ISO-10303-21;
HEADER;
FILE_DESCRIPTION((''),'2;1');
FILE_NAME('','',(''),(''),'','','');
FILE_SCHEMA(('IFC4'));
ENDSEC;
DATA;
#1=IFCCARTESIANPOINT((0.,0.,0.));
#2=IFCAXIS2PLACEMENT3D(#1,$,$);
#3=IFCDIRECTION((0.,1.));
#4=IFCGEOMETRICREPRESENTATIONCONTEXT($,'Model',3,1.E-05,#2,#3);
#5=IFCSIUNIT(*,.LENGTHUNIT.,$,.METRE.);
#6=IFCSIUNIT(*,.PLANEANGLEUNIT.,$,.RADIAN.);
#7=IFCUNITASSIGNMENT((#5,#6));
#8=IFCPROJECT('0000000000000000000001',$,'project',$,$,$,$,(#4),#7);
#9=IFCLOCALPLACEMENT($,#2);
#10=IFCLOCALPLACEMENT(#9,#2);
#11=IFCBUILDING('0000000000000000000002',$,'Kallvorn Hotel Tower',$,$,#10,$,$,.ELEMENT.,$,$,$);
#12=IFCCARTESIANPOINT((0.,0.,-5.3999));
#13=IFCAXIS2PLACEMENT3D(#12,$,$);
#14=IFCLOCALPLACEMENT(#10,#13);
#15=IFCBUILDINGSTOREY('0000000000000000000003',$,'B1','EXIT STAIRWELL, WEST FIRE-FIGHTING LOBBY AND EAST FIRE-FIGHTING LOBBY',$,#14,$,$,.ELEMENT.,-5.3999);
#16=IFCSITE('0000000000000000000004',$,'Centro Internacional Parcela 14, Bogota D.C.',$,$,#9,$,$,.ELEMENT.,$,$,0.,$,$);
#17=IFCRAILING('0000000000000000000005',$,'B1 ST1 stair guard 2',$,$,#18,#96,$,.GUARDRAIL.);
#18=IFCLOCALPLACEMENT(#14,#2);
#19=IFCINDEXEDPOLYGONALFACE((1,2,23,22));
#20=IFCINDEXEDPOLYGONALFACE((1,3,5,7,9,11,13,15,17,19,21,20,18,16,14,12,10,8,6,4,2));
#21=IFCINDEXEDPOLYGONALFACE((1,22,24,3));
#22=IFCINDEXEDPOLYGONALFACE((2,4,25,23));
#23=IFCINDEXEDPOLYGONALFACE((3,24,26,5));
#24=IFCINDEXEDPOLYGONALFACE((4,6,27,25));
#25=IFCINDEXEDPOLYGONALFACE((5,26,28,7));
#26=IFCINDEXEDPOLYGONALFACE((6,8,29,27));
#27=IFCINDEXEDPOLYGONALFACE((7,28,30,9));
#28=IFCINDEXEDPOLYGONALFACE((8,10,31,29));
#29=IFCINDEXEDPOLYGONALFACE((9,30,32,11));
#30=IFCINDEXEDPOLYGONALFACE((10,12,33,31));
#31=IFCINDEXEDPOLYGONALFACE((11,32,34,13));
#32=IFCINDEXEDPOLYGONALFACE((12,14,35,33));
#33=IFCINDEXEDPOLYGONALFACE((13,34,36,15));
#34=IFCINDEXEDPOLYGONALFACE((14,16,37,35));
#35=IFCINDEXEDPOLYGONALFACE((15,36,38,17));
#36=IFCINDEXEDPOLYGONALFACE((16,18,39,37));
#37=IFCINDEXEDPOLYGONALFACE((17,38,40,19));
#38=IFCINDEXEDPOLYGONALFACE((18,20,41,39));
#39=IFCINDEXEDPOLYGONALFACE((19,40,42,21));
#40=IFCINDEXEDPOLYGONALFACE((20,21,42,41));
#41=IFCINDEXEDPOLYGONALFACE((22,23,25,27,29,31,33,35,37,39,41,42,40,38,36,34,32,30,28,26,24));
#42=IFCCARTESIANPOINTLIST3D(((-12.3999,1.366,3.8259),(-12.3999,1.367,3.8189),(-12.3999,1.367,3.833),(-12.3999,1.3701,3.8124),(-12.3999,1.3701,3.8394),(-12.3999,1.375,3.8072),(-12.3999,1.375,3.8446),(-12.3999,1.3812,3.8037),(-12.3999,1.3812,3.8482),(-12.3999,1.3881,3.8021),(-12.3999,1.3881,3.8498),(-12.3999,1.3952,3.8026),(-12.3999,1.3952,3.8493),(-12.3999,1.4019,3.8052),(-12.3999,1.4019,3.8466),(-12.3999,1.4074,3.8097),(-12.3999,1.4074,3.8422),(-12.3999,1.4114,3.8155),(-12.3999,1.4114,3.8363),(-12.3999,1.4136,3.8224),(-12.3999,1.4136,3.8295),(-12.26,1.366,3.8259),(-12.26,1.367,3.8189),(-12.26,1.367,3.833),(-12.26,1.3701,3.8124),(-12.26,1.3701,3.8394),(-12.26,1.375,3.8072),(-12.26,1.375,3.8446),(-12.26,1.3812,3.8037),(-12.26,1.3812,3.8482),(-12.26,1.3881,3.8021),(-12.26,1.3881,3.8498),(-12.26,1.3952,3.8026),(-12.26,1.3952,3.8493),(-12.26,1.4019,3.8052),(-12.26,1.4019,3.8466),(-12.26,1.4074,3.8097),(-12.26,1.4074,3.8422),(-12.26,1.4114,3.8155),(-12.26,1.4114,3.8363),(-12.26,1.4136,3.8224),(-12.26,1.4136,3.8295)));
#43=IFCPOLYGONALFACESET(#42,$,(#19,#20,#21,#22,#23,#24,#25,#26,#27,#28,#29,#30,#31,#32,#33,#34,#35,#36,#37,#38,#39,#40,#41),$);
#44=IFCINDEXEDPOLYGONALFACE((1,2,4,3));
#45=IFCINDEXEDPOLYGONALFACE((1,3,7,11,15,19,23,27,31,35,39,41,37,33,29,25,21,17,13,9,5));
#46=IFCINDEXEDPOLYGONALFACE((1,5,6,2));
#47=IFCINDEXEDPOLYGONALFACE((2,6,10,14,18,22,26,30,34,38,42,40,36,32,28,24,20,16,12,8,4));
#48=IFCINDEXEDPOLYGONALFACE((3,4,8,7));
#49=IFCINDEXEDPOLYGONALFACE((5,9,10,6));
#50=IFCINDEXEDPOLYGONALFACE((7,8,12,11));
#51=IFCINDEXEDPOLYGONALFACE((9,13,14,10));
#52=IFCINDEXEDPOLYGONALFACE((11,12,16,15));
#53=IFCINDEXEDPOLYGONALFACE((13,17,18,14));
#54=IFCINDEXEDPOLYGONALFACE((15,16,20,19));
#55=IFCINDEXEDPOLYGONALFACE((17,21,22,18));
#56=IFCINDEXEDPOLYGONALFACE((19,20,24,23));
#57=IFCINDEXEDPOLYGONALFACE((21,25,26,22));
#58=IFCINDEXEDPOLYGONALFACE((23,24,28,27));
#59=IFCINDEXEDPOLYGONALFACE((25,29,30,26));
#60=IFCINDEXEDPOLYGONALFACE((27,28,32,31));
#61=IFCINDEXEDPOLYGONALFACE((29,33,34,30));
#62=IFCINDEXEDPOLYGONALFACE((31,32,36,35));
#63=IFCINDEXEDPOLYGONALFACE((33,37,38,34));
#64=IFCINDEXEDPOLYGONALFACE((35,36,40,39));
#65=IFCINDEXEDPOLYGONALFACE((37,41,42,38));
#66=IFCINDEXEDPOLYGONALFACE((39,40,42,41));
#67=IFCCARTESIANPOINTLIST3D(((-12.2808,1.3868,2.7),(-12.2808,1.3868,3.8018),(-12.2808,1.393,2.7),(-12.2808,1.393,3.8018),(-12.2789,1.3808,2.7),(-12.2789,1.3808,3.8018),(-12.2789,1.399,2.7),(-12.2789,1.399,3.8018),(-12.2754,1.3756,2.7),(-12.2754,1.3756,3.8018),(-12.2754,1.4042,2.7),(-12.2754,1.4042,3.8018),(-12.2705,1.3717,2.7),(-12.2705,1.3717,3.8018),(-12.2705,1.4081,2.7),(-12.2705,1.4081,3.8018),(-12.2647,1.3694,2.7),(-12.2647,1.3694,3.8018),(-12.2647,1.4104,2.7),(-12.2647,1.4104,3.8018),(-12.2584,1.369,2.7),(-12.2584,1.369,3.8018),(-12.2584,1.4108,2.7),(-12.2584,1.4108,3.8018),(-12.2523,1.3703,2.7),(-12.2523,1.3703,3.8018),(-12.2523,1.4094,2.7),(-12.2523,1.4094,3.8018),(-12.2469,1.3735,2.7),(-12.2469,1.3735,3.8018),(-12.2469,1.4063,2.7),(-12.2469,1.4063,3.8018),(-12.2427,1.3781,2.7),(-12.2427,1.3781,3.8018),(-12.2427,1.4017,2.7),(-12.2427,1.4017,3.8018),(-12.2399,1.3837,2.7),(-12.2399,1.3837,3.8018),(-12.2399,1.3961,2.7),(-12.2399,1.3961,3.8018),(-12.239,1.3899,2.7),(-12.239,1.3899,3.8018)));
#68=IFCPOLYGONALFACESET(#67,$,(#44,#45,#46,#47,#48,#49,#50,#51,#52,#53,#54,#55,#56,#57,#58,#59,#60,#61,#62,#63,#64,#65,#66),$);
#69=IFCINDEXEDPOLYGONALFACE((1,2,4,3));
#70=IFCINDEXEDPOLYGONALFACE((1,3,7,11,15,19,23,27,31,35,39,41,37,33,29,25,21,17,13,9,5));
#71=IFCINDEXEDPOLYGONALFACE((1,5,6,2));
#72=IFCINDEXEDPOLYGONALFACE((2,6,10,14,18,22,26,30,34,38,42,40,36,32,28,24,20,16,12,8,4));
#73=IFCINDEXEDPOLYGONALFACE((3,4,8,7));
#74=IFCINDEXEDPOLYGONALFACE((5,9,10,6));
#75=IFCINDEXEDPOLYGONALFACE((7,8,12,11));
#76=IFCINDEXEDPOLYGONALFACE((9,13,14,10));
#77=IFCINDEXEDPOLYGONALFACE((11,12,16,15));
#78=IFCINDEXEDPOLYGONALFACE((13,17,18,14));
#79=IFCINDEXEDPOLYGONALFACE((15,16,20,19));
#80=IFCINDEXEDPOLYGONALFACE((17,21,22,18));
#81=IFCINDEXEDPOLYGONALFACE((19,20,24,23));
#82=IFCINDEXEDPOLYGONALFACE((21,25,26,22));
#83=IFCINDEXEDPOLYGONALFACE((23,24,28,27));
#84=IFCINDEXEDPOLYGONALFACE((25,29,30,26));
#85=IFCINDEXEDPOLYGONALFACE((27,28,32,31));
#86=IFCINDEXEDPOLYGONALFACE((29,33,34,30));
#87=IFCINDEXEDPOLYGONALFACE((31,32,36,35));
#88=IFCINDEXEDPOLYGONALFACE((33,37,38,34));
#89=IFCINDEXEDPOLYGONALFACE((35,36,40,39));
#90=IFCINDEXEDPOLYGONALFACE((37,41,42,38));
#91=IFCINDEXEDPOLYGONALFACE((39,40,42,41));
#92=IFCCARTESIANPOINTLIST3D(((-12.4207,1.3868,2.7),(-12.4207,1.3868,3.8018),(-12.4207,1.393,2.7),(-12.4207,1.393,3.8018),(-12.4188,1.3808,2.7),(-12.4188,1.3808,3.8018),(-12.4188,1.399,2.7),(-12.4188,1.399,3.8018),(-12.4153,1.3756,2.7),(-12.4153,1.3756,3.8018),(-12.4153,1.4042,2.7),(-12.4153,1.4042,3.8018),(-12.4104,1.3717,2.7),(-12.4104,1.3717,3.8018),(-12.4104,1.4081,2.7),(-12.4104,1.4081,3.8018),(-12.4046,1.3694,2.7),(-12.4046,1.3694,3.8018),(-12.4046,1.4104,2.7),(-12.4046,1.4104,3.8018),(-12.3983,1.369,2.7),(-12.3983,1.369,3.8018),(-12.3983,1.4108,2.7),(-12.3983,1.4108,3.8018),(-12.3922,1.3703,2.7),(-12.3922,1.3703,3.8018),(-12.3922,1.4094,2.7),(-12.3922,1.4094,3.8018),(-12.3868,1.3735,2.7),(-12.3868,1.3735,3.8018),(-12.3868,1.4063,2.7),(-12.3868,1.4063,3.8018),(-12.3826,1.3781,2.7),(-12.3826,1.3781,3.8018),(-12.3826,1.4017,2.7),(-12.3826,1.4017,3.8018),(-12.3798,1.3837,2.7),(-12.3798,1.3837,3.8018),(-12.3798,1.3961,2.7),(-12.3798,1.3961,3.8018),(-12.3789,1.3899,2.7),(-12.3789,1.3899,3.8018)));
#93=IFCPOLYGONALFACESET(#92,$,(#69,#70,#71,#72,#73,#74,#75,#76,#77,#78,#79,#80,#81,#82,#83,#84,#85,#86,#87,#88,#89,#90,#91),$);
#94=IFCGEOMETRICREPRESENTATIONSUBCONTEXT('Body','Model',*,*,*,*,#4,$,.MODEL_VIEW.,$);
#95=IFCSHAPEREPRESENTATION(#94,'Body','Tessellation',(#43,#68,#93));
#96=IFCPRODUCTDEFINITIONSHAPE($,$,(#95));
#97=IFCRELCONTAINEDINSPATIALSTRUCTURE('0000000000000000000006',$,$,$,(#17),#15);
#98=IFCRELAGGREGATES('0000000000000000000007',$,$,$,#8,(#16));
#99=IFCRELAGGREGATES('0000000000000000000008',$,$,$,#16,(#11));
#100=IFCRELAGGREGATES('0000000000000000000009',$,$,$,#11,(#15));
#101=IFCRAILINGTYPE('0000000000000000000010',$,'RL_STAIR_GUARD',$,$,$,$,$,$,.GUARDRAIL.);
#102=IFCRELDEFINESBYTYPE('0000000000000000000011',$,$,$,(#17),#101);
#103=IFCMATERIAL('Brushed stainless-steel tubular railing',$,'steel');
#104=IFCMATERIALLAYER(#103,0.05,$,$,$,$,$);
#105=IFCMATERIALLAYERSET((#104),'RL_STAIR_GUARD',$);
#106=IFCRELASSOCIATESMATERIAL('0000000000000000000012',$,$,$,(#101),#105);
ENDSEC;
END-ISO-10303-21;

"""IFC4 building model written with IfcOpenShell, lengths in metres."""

from ifc_helpers import new_model, si_unit, direction, frame, origin, origin_2d, place, context, subcontext, project, spatial, circle, extrude, material, layer, layer_set, type_object, element, save


model = new_model("IFC4")

# Units and contexts
model_context = context("Model", 3, precision=1e-05, world=origin(), true_north=direction((0.0, 1.0)))
body_context = subcontext(model_context, "Body", "Model", "MODEL_VIEW")
ifc_project = project(units=[si_unit("LENGTHUNIT", "METRE"), si_unit("PLANEANGLEUNIT", "RADIAN")], contexts=[model_context])

# Site, building, storey
site_placement = place(None, origin())
site = spatial("IfcSite", under=ifc_project, at=site_placement, Name="Centro Internacional Parcela 14, Bogota D.C.", CompositionType="ELEMENT", RefElevation=0.0)
building_placement = place(site_placement, origin())
building = spatial("IfcBuilding", under=site, at=building_placement, Name="Kallvorn Hotel Tower", CompositionType="ELEMENT")
storey_placement = place(building_placement, frame((0.0, 0.0, -5.3999)))
storey = spatial("IfcBuildingStorey", under=building, at=storey_placement, Name="B1", Description="EXIT STAIRWELL, WEST FIRE-FIGHTING LOBBY AND EAST FIRE-FIGHTING LOBBY", CompositionType="ELEMENT", Elevation=-5.3999)

# Railing
ifc_material_1 = material(Name="Brushed stainless-steel tubular railing", Category="steel")
ifc_layer_1 = layer(ifc_material_1, 0.05)
ifc_layer_set_1 = layer_set([ifc_layer_1], Name="RL_STAIR_GUARD")
railing_type_1 = type_object("IfcRailingType", Name="RL_STAIR_GUARD", PredefinedType="GUARDRAIL", material=ifc_layer_set_1)
railing_1_placement = place(storey_placement, frame((-12.26, 1.3899, 2.7)))
element("IfcRailing", 1, at=railing_1_placement, inside=storey, type_object=railing_type_1, Name="B1 ST1 stair guard 2", PredefinedType="GUARDRAIL", context=body_context, shape_type="SweptSolid", body=[
    extrude(circle(Radius=0.0239, at=origin_2d()), frame((0.0, 0.0, 1.126), z_axis=(-1.0, 0.0, 0.0), x_axis=(0.0, -1.0, 0.0)), (0.0, 0.0, 1.0), 0.1399),
    extrude(circle(Radius=0.021, at=origin_2d()), origin(), (0.0, 0.0, 1.0), 1.1018),
    extrude(circle(Radius=0.021, at=origin_2d()), frame((-0.1399, 0.0, 0.0)), (0.0, 0.0, 1.0), 1.1018),
])

save(model, "model.ifc")
